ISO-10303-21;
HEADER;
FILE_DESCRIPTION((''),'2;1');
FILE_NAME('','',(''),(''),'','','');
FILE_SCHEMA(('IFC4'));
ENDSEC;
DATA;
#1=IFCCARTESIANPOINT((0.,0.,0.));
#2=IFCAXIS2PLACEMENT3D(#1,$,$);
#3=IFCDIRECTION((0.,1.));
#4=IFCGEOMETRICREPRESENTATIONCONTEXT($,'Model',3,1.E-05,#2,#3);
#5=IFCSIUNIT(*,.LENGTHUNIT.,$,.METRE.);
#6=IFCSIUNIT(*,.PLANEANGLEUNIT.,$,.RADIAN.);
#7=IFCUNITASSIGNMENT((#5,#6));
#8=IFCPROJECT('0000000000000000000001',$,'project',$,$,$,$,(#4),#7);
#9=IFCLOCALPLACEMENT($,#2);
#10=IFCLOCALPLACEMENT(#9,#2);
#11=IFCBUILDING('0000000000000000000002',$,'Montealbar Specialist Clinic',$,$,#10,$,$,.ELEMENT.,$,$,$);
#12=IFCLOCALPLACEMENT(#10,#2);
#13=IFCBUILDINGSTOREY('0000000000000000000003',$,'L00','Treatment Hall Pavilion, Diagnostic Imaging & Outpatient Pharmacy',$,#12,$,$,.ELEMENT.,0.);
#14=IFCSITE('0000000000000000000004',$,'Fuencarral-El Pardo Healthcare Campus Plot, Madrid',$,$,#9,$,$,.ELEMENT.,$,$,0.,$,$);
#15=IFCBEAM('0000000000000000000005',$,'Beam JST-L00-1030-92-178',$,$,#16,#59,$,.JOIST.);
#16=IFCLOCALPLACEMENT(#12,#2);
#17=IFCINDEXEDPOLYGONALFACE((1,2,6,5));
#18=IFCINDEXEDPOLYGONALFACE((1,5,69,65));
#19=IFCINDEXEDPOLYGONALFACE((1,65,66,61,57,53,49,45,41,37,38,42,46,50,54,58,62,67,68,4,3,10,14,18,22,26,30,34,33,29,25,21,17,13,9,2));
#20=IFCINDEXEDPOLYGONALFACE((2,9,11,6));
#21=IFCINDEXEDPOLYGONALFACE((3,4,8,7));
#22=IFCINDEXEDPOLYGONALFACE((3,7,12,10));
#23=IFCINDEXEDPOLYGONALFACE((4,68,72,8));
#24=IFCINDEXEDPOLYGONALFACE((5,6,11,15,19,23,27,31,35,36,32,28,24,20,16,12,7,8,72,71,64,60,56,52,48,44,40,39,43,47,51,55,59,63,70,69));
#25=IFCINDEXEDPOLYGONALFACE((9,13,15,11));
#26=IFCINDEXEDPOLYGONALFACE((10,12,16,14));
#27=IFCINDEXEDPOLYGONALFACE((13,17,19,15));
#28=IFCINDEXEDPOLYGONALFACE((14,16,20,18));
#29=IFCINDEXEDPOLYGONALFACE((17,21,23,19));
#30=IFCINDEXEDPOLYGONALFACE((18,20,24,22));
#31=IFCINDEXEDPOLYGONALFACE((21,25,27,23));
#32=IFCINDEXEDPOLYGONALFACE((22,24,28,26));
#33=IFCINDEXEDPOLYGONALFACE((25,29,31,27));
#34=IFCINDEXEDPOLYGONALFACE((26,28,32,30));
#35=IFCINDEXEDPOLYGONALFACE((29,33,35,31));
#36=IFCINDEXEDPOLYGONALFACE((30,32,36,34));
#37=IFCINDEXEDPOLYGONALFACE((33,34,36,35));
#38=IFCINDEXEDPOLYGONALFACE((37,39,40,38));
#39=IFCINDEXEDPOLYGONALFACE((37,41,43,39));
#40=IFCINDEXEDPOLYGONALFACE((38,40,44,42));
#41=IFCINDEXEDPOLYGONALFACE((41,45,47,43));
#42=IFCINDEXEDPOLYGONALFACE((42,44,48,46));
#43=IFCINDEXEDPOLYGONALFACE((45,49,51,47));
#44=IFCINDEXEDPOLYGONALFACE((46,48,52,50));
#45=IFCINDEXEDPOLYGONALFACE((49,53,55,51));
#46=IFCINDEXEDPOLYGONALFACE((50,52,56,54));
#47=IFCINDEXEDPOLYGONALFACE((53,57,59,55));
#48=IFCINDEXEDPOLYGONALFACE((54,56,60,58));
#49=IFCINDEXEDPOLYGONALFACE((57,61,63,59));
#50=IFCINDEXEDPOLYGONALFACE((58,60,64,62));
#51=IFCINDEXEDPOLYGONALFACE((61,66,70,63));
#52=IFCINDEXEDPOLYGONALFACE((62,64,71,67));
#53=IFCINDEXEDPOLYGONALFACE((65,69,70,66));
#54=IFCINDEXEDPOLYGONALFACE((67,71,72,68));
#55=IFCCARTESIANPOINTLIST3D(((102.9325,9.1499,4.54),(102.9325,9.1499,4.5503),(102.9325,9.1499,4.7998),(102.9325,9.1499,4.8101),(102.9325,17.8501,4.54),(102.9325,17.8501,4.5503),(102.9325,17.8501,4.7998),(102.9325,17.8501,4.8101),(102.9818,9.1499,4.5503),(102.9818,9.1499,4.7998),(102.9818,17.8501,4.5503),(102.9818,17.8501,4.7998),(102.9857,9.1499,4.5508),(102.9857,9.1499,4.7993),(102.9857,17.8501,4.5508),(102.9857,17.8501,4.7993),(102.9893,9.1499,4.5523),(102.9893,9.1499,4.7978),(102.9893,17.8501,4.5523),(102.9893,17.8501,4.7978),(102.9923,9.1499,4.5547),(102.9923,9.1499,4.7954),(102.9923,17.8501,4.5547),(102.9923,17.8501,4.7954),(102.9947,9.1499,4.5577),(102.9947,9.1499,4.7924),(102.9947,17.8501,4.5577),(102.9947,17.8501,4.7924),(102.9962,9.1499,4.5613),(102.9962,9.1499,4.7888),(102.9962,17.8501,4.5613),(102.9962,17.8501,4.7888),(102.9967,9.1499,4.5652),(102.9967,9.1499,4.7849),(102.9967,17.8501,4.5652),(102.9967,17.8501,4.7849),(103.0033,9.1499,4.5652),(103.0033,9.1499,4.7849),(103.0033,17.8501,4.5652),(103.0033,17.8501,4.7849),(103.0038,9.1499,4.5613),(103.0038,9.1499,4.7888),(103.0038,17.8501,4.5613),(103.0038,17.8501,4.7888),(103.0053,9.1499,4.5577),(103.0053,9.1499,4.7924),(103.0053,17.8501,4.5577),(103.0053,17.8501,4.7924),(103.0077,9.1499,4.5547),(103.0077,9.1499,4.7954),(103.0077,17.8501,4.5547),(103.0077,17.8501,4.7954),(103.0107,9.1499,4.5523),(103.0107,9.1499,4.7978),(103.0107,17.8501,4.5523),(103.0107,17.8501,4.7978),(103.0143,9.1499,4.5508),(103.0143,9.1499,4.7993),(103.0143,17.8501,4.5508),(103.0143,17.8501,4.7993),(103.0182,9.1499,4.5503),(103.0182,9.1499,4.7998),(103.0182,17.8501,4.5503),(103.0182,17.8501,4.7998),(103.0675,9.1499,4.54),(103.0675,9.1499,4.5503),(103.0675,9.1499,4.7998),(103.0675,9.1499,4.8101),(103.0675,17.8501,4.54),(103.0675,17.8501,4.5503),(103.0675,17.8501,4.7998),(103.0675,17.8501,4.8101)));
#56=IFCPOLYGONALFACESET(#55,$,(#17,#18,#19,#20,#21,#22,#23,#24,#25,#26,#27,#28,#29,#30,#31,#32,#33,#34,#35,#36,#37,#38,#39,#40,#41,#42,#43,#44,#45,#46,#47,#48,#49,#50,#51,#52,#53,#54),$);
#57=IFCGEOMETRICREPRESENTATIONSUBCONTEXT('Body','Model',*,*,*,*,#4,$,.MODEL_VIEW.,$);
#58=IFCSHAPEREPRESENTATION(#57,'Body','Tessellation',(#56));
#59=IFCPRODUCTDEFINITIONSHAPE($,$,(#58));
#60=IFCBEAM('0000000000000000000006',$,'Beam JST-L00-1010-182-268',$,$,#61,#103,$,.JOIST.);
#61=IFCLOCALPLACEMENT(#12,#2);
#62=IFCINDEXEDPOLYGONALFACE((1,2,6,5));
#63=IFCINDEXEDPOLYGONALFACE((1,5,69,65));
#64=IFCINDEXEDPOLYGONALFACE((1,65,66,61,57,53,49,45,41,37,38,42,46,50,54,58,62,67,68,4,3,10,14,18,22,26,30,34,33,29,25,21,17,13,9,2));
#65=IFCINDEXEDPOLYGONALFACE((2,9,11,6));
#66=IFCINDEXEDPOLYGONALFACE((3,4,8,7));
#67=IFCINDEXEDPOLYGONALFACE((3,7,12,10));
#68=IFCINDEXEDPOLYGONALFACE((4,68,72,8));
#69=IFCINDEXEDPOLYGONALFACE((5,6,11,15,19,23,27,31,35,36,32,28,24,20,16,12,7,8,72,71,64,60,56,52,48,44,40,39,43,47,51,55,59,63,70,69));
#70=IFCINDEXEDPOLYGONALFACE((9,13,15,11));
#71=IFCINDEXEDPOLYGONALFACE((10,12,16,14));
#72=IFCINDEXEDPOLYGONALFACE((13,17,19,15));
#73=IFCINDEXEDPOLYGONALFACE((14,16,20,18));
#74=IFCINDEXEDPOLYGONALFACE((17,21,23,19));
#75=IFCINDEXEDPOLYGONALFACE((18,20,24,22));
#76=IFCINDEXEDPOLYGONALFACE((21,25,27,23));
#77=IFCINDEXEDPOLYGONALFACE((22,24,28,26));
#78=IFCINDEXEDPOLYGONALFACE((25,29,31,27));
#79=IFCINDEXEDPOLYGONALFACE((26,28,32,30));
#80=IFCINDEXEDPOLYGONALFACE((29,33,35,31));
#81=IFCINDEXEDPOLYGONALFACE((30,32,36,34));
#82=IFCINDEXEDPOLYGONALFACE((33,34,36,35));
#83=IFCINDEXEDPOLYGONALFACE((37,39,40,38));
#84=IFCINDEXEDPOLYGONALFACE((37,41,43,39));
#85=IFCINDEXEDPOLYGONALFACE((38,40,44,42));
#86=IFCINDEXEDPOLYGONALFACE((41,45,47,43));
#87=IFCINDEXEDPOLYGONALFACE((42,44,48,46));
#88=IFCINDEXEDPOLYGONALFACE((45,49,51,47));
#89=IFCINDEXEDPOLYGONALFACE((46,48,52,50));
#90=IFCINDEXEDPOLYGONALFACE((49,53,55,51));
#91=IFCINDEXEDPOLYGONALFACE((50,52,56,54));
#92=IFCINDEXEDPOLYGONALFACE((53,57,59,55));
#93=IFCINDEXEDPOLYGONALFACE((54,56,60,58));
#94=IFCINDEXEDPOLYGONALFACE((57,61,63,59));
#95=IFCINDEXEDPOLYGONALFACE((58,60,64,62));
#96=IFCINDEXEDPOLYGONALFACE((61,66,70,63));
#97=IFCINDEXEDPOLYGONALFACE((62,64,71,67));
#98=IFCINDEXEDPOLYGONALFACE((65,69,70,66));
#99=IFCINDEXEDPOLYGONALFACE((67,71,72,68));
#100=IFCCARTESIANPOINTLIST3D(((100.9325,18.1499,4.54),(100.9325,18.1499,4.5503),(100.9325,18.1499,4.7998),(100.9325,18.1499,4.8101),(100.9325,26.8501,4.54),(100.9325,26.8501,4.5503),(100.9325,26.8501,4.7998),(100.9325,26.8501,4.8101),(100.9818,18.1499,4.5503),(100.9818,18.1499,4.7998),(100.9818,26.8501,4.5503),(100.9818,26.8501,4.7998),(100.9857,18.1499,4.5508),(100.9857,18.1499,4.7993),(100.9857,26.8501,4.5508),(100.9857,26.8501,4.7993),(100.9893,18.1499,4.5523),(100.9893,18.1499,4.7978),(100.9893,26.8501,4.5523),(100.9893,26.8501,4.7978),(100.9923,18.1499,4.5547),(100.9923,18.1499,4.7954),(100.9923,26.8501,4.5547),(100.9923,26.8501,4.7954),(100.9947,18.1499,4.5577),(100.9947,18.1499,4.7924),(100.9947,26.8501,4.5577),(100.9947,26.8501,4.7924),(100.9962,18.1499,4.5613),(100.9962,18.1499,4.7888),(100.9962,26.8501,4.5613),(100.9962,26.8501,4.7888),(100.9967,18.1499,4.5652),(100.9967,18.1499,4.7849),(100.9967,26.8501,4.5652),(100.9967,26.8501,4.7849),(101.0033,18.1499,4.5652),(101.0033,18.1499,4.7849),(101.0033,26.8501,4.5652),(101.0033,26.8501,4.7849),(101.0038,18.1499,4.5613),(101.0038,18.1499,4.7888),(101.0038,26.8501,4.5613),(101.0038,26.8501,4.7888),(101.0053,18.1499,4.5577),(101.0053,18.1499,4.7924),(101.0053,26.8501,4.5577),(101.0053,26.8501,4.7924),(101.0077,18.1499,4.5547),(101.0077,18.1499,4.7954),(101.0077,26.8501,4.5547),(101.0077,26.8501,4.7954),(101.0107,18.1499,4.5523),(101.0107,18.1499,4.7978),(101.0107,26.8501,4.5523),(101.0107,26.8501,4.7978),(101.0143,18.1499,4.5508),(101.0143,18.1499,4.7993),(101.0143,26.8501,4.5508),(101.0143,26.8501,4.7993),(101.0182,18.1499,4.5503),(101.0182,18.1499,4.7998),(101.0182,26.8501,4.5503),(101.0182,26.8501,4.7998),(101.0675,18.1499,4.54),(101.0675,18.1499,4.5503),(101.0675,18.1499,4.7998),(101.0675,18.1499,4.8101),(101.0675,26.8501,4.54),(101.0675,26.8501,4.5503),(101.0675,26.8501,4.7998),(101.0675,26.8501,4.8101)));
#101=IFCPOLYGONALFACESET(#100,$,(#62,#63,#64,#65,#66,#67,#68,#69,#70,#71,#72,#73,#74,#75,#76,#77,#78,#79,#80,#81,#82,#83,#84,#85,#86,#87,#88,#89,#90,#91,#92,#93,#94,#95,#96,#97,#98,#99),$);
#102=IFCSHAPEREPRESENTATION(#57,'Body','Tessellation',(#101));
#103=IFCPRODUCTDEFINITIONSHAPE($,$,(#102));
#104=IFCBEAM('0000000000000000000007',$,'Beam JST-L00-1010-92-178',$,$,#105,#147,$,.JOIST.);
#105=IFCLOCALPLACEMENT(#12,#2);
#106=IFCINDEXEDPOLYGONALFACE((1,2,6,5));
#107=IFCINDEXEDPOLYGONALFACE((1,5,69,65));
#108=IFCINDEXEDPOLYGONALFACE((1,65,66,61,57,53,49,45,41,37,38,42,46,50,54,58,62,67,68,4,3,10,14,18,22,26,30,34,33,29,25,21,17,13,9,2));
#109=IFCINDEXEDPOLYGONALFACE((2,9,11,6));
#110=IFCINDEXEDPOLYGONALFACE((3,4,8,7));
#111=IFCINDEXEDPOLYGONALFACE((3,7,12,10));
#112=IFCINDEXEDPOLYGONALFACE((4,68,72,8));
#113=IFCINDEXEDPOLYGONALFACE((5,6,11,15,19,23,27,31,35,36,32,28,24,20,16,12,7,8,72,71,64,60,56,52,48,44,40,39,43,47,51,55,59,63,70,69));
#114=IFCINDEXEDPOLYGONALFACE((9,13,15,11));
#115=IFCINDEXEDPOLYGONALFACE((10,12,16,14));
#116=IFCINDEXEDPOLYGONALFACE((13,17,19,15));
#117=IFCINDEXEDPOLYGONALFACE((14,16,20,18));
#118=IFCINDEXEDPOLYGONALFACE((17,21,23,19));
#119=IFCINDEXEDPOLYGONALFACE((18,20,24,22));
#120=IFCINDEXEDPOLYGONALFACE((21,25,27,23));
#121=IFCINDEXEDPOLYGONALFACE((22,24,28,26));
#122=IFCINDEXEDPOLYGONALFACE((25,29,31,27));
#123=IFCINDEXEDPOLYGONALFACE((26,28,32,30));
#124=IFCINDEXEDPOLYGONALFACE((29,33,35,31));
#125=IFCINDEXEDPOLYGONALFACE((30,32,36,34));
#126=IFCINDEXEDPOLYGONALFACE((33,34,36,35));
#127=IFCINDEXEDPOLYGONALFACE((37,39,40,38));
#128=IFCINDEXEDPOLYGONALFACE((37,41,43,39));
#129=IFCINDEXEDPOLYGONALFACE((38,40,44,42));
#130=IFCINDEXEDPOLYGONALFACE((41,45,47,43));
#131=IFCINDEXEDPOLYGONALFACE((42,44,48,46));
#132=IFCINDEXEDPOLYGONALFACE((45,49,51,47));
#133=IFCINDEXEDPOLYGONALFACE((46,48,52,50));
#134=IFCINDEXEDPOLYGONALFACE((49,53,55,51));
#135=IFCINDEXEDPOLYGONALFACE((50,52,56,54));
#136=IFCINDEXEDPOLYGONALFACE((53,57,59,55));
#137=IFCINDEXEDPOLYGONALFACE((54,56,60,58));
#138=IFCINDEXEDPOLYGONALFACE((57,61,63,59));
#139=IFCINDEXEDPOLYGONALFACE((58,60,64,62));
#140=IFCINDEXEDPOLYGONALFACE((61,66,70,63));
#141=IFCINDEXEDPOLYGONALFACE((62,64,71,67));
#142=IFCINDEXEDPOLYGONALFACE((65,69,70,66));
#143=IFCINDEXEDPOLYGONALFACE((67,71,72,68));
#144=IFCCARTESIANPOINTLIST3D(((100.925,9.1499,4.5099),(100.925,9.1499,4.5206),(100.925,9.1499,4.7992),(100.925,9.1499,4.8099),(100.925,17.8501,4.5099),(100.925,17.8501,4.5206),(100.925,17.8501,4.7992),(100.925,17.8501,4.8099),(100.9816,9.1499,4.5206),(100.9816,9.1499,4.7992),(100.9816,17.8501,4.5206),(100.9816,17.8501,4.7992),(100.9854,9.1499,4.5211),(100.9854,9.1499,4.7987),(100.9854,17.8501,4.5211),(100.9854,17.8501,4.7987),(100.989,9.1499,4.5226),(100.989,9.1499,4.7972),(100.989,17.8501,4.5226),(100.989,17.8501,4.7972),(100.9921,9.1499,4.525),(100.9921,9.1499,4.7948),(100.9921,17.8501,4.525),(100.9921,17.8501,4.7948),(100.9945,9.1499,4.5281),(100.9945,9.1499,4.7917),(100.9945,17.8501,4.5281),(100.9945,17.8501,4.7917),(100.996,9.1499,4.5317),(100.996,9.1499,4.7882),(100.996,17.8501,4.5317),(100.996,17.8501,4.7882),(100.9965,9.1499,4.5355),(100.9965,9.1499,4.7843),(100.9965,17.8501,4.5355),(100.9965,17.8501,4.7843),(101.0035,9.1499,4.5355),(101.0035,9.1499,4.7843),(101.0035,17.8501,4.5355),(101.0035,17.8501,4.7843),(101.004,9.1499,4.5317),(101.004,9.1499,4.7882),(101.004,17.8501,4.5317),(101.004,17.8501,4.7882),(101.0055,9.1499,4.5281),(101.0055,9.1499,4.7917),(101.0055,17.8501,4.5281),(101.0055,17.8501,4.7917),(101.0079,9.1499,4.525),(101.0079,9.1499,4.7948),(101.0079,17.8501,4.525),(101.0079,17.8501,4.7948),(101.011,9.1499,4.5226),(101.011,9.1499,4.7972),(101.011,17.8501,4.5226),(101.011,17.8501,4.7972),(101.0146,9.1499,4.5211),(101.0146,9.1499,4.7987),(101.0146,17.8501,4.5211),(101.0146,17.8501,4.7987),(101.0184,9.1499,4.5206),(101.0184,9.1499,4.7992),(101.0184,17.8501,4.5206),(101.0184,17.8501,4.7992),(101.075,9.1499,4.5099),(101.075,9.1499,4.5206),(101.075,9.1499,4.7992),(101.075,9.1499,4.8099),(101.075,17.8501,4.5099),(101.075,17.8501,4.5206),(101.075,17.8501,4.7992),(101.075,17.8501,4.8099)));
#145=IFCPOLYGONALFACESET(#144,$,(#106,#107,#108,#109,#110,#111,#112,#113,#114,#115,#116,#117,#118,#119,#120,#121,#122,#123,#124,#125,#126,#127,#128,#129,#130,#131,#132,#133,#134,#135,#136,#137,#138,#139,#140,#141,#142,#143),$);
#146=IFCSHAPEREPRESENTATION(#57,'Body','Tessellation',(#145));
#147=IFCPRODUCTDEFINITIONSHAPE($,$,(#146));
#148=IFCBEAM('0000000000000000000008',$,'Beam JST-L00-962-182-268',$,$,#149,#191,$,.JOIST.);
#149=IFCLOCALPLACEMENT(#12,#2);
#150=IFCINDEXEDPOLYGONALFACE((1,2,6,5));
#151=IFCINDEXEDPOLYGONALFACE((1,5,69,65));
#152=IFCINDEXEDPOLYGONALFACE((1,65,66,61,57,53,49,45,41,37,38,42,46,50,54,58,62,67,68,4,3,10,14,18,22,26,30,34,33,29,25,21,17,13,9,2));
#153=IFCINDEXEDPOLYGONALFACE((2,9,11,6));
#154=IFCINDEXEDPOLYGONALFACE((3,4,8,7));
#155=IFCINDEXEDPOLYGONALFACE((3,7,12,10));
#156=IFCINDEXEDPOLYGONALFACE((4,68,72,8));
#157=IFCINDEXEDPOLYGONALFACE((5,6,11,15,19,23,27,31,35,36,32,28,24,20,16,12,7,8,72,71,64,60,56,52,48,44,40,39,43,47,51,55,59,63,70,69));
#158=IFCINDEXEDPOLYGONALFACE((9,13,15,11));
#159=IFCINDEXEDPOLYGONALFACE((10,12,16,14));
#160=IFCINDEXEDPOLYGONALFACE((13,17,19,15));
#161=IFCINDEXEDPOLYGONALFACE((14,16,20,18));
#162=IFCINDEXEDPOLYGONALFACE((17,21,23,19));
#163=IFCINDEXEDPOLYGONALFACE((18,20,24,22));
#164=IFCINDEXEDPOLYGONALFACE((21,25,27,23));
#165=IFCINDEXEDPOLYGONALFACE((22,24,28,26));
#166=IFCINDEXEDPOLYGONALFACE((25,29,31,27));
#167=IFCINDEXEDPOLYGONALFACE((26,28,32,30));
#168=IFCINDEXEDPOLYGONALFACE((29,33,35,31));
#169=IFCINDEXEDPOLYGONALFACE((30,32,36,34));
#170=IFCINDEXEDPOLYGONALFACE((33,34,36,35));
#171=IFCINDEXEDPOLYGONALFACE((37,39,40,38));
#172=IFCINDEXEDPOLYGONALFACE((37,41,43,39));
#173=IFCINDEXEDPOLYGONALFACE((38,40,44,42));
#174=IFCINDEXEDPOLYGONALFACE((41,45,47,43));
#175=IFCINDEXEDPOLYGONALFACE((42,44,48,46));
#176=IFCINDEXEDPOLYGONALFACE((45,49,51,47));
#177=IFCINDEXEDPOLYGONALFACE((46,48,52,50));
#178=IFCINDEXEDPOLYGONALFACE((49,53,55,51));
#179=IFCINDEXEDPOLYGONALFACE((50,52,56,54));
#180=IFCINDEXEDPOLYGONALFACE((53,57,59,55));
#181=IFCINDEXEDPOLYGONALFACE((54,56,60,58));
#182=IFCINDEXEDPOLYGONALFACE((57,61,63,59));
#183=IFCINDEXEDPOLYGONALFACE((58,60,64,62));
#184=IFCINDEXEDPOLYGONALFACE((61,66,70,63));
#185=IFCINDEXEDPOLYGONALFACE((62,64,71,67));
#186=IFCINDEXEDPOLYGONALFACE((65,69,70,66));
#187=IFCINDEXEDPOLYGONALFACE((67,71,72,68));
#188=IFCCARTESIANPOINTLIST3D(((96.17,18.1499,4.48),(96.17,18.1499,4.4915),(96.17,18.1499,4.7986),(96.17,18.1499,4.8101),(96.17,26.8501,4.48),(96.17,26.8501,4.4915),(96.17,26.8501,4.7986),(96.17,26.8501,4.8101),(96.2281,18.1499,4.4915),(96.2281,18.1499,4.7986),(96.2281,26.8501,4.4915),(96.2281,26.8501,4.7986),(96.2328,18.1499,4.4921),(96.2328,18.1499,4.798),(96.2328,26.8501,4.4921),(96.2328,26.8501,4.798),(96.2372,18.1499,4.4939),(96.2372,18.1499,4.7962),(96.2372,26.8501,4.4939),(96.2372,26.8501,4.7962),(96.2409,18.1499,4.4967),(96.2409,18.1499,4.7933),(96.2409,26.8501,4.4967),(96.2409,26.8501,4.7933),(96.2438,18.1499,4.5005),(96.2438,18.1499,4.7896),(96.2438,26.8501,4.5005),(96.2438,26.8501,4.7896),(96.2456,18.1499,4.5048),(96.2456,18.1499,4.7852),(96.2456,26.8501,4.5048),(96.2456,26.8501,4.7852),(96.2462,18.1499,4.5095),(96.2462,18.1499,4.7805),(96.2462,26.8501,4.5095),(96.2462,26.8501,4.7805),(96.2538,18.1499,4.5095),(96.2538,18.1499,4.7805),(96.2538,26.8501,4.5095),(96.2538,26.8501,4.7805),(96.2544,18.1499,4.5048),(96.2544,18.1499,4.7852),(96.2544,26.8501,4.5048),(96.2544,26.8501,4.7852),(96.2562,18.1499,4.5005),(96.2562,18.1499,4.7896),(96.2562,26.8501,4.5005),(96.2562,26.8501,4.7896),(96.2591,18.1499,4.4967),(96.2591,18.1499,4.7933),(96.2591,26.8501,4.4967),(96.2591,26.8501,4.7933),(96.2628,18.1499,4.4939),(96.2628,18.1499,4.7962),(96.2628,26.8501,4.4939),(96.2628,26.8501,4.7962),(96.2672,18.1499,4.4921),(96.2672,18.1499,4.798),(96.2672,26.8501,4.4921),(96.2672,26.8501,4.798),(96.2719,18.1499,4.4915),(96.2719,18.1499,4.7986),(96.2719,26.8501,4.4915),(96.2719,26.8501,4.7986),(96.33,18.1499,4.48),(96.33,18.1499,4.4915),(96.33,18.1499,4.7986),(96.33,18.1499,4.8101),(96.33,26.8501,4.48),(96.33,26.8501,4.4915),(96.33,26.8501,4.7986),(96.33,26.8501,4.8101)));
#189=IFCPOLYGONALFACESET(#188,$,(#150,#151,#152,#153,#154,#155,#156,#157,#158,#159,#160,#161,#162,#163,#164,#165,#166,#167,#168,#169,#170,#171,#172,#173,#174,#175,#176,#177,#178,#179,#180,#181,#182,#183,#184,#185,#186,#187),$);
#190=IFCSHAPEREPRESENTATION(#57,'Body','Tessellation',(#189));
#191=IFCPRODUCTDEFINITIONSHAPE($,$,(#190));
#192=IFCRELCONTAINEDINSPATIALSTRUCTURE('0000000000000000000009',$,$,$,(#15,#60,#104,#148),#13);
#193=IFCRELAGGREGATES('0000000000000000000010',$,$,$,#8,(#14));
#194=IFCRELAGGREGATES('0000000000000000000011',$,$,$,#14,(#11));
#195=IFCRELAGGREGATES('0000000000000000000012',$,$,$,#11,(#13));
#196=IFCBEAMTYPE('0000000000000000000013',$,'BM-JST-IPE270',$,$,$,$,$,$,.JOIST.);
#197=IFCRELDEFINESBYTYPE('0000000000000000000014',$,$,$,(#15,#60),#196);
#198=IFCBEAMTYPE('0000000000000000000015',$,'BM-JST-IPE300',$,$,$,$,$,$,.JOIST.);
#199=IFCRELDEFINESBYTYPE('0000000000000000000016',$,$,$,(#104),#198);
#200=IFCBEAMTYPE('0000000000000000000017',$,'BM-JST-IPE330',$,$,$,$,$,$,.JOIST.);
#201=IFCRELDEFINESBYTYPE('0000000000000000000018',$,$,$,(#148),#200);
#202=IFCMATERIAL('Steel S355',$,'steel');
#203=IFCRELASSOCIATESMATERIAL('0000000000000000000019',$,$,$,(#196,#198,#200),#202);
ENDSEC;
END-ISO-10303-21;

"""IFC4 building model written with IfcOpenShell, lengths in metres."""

from ifc_helpers import new_model, si_unit, direction, frame, origin, origin_2d, place, context, subcontext, project, spatial, i_section, extrude, material, material_profile, profile_set, type_object, element, save


model = new_model("IFC4")

# Units and contexts
model_context = context("Model", 3, precision=1e-05, world=origin(), true_north=direction((0.0, 1.0)))
body_context = subcontext(model_context, "Body", "Model", "MODEL_VIEW")
ifc_project = project(units=[si_unit("LENGTHUNIT", "METRE"), si_unit("PLANEANGLEUNIT", "RADIAN")], contexts=[model_context])

# Site, building, storey
site_placement = place(None, origin())
site = spatial("IfcSite", under=ifc_project, at=site_placement, Name="Fuencarral-El Pardo Healthcare Campus Plot, Madrid", CompositionType="ELEMENT", RefElevation=0.0)
building_placement = place(site_placement, origin())
building = spatial("IfcBuilding", under=site, at=building_placement, Name="Montealbar Specialist Clinic", CompositionType="ELEMENT")
storey_placement = place(building_placement, origin())
storey = spatial("IfcBuildingStorey", under=building, at=storey_placement, Name="L00", Description="Treatment Hall Pavilion, Diagnostic Imaging & Outpatient Pharmacy", CompositionType="ELEMENT", Elevation=0.0)

# Shared definitions
ifc_material_1 = material(Name="Steel S355", Category="steel")

# Beams
ifc_material_profile_1 = material_profile(ifc_material_1, i_section(OverallWidth=0.135, OverallDepth=0.27, WebThickness=0.0066, FlangeThickness=0.0103, FilletRadius=0.0149, at=origin_2d()), Name="IPE 270", Category="steel")
ifc_profile_set_1 = profile_set([ifc_material_profile_1], Name="Steel S355")
beam_type_1 = type_object("IfcBeamType", Name="BM-JST-IPE270", PredefinedType="JOIST", material=ifc_profile_set_1)
for number, where, z_axis, x_axis, name in (
    (1, (103.0, 9.1499, 4.675), (0.0, 1.0, 0.0), (-1.0, 0.0, 0.0), "Beam JST-L00-1030-92-178"),
    (2, (101.0, 18.1499, 4.675), (0.0, 1.0, 0.0), (-1.0, 0.0, 0.0), "Beam JST-L00-1010-182-268"),
):
    element("IfcBeam", number, at=place(storey_placement, frame(where, z_axis=z_axis, x_axis=x_axis)), inside=storey, type_object=beam_type_1, Name=name, PredefinedType="JOIST", context=body_context, shape_type="SweptSolid", body=[
        extrude(i_section(OverallWidth=0.135, OverallDepth=0.27, WebThickness=0.0066, FlangeThickness=0.0103, FilletRadius=0.0149, at=origin_2d()), origin(), (0.0, 0.0, 1.0), 8.7002),
    ])
ifc_material_profile_2 = material_profile(ifc_material_1, i_section(OverallWidth=0.1499, OverallDepth=0.3, WebThickness=0.0071, FlangeThickness=0.0107, FilletRadius=0.0149, at=origin_2d()), Name="IPE 300", Category="steel")
ifc_profile_set_2 = profile_set([ifc_material_profile_2], Name="Steel S355")
beam_type_2 = type_object("IfcBeamType", Name="BM-JST-IPE300", PredefinedType="JOIST", material=ifc_profile_set_2)
beam_1_placement = place(storey_placement, frame((101.0, 9.1499, 4.6599), z_axis=(0.0, 1.0, 0.0), x_axis=(-1.0, 0.0, 0.0)))
element("IfcBeam", 3, at=beam_1_placement, inside=storey, type_object=beam_type_2, Name="Beam JST-L00-1010-92-178", PredefinedType="JOIST", context=body_context, shape_type="SweptSolid", body=[
    extrude(i_section(OverallWidth=0.1499, OverallDepth=0.3, WebThickness=0.0071, FlangeThickness=0.0107, FilletRadius=0.0149, at=origin_2d()), origin(), (0.0, 0.0, 1.0), 8.7002),
])
ifc_material_profile_3 = material_profile(ifc_material_1, i_section(OverallWidth=0.1599, OverallDepth=0.3301, WebThickness=0.0076, FlangeThickness=0.0115, FilletRadius=0.0181, at=origin_2d()), Name="IPE 330", Category="steel")
ifc_profile_set_3 = profile_set([ifc_material_profile_3], Name="Steel S355")
beam_type_3 = type_object("IfcBeamType", Name="BM-JST-IPE330", PredefinedType="JOIST", material=ifc_profile_set_3)
beam_2_placement = place(storey_placement, frame((96.25, 18.1499, 4.645), z_axis=(0.0, 1.0, 0.0), x_axis=(-1.0, 0.0, 0.0)))
element("IfcBeam", 4, at=beam_2_placement, inside=storey, type_object=beam_type_3, Name="Beam JST-L00-962-182-268", PredefinedType="JOIST", context=body_context, shape_type="SweptSolid", body=[
    extrude(i_section(OverallWidth=0.1599, OverallDepth=0.3301, WebThickness=0.0076, FlangeThickness=0.0115, FilletRadius=0.0181, at=origin_2d()), origin(), (0.0, 0.0, 1.0), 8.7002),
])

save(model, "model.ifc")
